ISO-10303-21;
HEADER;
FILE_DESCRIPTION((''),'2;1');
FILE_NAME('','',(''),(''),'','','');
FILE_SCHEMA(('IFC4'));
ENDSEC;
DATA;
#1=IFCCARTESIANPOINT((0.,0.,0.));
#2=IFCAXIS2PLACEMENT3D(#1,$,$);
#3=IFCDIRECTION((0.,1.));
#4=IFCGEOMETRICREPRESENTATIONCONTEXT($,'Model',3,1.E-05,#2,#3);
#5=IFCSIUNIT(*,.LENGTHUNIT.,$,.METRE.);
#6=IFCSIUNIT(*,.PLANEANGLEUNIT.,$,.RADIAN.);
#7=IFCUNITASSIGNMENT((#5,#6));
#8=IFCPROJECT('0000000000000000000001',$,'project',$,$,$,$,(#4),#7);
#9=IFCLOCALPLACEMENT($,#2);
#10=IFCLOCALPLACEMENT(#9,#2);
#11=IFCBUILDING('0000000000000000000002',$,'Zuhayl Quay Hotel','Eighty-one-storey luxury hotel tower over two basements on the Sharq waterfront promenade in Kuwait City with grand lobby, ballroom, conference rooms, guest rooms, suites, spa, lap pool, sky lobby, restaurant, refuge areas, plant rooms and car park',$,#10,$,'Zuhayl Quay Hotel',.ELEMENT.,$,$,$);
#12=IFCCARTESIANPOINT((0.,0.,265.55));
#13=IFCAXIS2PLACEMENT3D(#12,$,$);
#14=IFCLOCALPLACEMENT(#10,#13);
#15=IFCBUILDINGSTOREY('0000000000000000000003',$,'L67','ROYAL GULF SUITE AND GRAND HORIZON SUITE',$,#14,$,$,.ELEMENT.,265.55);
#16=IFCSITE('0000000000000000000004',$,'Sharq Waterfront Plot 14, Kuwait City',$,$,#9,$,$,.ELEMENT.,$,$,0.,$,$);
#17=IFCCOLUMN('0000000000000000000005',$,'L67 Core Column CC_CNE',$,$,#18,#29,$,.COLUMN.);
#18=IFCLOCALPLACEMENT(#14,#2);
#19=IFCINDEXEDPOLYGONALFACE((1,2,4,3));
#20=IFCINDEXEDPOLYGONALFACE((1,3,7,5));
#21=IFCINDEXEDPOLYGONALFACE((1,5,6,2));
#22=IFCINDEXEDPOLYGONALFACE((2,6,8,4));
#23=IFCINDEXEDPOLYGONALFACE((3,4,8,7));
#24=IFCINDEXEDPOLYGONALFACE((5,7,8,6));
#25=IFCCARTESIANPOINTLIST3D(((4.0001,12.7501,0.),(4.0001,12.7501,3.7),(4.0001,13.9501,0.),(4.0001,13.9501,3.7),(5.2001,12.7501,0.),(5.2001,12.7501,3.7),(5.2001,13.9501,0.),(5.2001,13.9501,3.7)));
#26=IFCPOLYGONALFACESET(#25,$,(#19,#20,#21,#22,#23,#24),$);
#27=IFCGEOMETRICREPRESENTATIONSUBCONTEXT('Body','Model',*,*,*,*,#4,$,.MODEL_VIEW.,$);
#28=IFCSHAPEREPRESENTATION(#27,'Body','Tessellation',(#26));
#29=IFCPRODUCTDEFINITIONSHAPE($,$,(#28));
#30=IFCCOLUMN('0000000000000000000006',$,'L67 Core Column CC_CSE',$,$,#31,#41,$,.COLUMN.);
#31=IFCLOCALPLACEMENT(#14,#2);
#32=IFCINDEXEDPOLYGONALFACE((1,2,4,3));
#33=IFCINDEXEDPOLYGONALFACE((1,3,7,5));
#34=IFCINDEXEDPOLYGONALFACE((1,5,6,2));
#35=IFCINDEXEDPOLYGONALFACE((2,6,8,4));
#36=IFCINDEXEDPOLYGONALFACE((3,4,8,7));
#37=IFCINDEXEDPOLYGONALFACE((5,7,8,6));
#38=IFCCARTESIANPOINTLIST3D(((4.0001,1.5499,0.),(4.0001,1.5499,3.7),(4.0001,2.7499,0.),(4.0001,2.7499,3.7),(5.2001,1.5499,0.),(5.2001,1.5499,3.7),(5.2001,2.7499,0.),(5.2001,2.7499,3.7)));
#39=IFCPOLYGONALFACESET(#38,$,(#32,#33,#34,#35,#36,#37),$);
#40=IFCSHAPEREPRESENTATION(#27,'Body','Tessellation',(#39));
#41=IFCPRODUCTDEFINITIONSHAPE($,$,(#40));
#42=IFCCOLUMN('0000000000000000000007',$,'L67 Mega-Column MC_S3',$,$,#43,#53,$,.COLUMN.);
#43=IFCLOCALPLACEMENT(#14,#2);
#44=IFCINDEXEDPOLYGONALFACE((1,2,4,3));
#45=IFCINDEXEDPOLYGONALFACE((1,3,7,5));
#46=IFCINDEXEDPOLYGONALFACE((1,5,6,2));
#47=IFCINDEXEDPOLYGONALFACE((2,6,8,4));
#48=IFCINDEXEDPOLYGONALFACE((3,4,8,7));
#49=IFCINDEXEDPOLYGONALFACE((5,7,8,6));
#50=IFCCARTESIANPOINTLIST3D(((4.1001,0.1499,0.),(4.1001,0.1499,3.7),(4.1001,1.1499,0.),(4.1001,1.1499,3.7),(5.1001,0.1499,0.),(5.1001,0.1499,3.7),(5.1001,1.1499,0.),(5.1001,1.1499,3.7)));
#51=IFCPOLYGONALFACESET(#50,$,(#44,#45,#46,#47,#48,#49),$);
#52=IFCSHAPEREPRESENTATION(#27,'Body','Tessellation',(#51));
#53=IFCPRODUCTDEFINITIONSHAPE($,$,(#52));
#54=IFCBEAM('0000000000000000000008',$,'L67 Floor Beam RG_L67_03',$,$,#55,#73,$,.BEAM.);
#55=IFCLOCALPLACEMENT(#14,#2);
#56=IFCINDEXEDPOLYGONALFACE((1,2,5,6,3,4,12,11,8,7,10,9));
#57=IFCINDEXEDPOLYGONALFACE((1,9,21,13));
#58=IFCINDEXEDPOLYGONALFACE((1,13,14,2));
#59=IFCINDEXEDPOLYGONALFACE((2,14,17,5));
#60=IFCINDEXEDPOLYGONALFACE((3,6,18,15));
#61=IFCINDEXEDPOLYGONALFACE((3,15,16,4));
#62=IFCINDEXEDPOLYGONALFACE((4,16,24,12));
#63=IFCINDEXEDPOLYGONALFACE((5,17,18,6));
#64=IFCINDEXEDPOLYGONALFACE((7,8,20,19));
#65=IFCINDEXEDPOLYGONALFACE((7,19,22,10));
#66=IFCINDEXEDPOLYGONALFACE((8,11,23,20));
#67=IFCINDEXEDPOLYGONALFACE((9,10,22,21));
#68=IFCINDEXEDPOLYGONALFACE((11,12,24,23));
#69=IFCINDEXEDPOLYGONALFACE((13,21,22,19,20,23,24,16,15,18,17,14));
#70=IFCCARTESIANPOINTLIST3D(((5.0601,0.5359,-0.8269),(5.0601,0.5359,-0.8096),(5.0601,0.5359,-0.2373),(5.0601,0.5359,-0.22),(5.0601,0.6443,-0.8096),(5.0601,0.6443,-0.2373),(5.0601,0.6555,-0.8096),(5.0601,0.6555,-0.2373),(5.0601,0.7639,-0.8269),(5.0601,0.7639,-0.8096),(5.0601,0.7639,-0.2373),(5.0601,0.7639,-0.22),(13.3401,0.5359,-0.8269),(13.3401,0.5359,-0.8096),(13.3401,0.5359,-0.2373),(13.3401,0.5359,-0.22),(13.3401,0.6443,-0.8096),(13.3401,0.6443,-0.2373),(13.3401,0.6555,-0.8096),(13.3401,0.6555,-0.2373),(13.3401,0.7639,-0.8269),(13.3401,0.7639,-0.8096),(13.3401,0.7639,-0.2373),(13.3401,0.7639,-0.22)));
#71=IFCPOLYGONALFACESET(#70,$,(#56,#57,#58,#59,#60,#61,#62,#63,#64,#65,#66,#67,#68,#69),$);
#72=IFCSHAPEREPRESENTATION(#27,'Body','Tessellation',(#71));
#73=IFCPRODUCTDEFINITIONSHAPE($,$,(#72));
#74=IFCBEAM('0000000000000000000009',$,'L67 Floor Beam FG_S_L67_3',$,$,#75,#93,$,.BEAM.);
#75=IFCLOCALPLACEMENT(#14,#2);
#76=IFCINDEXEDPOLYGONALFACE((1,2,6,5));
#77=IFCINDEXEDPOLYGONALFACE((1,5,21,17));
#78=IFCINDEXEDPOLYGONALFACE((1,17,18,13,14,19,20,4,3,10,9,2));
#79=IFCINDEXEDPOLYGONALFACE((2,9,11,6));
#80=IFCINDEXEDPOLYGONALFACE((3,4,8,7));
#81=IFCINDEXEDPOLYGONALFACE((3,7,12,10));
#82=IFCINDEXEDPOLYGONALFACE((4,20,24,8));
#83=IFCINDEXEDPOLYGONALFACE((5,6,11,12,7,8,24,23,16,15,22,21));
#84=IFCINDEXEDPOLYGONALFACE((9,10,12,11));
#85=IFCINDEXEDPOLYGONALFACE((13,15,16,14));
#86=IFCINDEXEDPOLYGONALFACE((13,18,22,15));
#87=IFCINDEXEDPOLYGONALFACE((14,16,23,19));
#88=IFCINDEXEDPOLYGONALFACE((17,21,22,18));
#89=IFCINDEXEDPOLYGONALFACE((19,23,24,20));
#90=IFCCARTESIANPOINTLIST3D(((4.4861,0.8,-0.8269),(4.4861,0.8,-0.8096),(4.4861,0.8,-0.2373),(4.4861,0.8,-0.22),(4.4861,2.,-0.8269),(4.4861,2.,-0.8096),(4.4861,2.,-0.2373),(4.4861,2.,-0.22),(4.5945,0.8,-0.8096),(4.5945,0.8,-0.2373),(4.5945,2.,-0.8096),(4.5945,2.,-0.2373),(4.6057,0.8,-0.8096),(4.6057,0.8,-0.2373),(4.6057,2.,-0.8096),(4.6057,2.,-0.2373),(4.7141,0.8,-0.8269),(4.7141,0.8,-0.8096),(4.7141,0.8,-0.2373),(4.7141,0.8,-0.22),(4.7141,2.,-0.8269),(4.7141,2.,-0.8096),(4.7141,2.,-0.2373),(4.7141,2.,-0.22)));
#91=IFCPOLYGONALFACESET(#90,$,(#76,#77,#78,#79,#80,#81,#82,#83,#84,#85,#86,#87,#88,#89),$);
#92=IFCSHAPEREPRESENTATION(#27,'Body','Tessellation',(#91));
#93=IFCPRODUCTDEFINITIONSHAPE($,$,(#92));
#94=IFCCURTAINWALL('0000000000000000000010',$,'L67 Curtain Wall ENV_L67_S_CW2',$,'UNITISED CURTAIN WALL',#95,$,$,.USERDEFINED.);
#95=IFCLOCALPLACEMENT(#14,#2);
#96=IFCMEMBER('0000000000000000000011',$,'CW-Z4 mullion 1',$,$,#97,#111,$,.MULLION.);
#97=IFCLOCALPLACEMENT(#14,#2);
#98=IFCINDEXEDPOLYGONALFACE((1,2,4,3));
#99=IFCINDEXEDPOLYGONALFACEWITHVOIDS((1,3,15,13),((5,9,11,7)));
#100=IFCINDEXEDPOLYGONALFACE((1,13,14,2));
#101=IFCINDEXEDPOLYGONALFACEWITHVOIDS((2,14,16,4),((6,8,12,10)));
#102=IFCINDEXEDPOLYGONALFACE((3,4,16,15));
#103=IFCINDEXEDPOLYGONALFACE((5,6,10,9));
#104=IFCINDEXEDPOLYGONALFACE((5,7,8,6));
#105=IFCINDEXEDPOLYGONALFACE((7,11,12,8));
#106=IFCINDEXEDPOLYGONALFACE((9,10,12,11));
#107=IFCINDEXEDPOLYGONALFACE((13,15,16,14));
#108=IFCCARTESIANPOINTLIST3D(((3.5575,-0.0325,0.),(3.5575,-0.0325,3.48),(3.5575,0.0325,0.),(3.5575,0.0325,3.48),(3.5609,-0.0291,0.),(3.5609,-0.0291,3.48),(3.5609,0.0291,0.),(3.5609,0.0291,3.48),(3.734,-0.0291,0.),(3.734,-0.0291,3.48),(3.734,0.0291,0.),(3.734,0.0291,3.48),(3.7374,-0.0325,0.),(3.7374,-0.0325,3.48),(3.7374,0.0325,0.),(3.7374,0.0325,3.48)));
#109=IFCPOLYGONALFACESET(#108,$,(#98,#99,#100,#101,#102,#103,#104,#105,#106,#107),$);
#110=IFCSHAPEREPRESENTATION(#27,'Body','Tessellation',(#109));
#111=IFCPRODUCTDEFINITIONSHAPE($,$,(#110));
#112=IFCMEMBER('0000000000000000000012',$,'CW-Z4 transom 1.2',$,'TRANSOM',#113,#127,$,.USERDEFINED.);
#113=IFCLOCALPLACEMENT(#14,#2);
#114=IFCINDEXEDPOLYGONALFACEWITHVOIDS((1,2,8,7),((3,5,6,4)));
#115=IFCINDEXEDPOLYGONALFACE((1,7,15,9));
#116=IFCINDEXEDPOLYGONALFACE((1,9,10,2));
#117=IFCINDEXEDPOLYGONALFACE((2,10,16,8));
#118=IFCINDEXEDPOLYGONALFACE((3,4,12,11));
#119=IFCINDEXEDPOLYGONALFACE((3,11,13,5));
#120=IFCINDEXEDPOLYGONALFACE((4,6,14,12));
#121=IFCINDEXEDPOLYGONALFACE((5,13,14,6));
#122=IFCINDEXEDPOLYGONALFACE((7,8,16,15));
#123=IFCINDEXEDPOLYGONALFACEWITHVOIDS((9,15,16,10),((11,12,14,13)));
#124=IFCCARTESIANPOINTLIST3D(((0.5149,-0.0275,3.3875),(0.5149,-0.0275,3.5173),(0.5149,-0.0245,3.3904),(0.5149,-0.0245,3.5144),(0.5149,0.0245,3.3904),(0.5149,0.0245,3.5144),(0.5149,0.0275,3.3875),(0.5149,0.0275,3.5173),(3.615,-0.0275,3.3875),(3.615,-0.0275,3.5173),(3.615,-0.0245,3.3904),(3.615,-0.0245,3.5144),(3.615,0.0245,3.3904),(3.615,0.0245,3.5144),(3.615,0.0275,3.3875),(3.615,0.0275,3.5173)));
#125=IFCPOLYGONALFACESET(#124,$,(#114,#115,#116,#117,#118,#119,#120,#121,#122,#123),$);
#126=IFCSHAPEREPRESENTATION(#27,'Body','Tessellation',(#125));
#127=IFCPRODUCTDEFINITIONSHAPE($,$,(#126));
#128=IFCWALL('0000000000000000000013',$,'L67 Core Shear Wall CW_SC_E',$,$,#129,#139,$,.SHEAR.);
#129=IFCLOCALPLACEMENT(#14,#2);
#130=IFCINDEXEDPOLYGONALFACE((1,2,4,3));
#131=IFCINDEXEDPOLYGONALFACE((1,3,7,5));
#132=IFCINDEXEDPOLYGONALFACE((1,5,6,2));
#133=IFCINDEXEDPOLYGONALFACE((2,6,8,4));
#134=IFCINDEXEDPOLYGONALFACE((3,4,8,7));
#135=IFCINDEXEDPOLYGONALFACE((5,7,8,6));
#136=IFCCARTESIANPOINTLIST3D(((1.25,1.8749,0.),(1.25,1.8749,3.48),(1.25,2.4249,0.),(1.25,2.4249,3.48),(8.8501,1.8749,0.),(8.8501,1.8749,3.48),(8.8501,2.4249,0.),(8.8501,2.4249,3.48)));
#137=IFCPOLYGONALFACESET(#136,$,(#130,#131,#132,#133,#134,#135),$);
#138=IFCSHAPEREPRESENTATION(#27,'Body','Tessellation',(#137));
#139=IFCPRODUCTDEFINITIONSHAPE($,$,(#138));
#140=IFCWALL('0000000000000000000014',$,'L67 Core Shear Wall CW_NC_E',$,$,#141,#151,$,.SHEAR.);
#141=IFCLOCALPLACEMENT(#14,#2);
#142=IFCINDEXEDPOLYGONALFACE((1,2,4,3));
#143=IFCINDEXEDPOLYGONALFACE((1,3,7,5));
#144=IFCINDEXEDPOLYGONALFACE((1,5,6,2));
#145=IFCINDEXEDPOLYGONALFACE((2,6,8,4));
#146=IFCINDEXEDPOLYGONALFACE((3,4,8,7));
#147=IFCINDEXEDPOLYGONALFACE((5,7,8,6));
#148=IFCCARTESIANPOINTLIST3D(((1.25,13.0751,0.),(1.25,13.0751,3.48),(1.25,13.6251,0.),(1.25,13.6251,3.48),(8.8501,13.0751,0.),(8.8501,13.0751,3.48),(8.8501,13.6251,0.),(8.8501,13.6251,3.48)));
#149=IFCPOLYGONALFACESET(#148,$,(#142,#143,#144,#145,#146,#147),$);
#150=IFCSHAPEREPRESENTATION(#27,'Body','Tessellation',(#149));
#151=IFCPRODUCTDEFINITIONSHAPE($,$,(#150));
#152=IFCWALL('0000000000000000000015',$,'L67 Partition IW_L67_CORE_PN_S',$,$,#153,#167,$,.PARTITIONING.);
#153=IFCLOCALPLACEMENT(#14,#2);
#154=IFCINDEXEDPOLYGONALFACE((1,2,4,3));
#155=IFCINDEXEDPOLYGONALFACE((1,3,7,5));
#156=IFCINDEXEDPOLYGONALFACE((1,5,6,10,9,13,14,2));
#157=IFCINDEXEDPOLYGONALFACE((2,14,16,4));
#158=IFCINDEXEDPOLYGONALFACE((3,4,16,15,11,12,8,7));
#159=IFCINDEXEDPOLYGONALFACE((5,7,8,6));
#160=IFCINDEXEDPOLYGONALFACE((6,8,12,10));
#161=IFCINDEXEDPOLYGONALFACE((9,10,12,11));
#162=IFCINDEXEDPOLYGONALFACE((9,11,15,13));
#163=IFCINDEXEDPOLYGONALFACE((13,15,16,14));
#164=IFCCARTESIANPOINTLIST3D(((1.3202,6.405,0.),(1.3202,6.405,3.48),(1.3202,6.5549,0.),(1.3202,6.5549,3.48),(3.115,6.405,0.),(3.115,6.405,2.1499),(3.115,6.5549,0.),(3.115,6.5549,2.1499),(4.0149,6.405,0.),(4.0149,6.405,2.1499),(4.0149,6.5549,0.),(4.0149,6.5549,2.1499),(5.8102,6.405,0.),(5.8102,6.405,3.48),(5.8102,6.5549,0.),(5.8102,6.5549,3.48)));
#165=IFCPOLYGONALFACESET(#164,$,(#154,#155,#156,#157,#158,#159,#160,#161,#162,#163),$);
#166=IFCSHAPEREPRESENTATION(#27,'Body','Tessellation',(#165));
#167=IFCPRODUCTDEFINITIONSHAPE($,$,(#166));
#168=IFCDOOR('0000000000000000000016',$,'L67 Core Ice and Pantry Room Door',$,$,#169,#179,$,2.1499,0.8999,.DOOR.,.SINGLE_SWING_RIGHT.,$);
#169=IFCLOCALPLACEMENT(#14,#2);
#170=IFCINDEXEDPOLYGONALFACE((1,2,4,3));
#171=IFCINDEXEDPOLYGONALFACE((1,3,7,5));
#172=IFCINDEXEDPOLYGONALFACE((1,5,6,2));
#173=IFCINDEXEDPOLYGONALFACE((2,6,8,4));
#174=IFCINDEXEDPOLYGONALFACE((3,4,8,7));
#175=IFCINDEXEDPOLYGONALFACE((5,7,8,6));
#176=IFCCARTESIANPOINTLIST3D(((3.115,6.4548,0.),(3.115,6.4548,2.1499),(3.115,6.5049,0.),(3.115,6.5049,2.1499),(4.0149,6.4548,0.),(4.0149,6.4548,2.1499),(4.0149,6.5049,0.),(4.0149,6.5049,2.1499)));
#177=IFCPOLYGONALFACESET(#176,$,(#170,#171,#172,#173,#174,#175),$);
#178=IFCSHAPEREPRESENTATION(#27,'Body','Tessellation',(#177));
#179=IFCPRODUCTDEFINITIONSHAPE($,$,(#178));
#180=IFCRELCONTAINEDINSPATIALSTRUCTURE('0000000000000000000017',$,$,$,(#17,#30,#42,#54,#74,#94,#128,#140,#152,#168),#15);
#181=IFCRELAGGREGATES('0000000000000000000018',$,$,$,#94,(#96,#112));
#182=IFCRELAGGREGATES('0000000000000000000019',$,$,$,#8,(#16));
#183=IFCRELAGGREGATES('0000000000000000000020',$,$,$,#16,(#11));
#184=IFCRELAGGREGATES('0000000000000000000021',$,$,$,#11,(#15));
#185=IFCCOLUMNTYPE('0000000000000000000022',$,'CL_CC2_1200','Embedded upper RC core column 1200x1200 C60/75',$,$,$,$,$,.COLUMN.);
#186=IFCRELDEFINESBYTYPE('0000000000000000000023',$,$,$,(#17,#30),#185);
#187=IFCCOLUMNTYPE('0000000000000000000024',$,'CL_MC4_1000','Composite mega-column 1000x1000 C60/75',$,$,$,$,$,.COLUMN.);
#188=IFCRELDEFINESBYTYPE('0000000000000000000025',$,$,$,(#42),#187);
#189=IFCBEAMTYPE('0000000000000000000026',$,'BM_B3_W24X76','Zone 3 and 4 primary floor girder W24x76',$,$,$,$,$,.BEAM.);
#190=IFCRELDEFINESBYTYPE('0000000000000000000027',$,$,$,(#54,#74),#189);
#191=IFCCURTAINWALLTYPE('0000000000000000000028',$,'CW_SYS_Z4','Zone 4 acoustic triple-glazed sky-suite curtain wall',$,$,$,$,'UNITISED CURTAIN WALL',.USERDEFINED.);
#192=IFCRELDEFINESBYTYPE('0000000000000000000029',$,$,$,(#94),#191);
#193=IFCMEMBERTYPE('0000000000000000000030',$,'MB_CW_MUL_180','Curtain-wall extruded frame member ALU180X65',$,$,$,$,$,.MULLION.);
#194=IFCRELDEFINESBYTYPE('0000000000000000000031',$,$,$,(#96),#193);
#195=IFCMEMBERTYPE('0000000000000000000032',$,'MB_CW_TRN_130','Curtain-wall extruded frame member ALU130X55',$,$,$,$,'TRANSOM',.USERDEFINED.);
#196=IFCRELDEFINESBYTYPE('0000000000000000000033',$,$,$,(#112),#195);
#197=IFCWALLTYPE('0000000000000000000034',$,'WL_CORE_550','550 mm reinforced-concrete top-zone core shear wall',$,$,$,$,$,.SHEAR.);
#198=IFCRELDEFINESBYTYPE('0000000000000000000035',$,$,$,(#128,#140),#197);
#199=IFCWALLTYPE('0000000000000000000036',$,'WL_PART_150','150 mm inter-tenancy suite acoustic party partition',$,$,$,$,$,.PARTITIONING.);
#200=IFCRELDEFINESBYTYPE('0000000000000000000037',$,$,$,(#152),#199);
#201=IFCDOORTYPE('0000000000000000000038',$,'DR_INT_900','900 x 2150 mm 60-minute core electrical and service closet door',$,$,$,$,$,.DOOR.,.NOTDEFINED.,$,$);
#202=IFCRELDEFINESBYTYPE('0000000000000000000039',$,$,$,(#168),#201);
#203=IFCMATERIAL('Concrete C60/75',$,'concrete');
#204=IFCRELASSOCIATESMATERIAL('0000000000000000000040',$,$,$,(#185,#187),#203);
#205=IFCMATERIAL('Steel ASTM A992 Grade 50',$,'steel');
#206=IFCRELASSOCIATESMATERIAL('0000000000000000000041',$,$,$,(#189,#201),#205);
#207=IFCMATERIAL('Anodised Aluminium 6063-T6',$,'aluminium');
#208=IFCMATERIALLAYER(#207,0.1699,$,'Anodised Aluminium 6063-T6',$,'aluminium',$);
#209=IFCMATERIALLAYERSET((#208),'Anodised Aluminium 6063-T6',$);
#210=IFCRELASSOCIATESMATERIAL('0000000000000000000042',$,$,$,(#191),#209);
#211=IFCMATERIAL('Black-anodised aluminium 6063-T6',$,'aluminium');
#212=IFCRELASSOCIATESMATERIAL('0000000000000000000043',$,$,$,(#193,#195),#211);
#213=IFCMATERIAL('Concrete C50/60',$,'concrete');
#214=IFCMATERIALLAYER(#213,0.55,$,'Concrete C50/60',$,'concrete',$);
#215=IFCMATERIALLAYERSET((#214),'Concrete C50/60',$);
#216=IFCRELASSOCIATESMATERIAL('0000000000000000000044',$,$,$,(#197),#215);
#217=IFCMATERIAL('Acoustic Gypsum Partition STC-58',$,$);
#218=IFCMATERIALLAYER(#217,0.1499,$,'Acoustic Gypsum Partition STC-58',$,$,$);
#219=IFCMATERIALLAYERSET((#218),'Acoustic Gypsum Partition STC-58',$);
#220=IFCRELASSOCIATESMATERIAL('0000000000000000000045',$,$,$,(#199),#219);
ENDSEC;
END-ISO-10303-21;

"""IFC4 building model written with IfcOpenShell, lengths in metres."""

from ifc_helpers import new_model, si_unit, direction, frame, frame_2d, origin, origin_2d, place, context, subcontext, project, spatial, rectangle, hollow_rectangle, i_section, extrude, material, layer, layer_set, material_profile, profile_set, type_object, element, fill, aggregate, save


model = new_model("IFC4")

# Units and contexts
model_context = context("Model", 3, precision=1e-05, world=origin(), true_north=direction((0.0, 1.0)))
body_context = subcontext(model_context, "Body", "Model", "MODEL_VIEW")
ifc_project = project(units=[si_unit("LENGTHUNIT", "METRE"), si_unit("PLANEANGLEUNIT", "RADIAN")], contexts=[model_context])

# Site, building, storey
site_placement = place(None, origin())
site = spatial("IfcSite", under=ifc_project, at=site_placement, Name="Sharq Waterfront Plot 14, Kuwait City", CompositionType="ELEMENT", RefElevation=0.0)
building_placement = place(site_placement, origin())
building = spatial("IfcBuilding", under=site, at=building_placement, Name="Zuhayl Quay Hotel", Description="Eighty-one-storey luxury hotel tower over two basements on the Sharq waterfront promenade in Kuwait City with grand lobby, ballroom, conference rooms, guest rooms, suites, spa, lap pool, sky lobby, restaurant, refuge areas, plant rooms and car park", LongName="Zuhayl Quay Hotel", CompositionType="ELEMENT")
storey_placement = place(building_placement, frame((0.0, 0.0, 265.55)))
storey = spatial("IfcBuildingStorey", under=building, at=storey_placement, Name="L67", Description="ROYAL GULF SUITE AND GRAND HORIZON SUITE", CompositionType="ELEMENT", Elevation=265.55)

# Columns
ifc_material_1 = material(Name="Concrete C60/75", Category="concrete")
ifc_material_profile_1 = material_profile(ifc_material_1, rectangle(XDim=1.2, YDim=1.2, at=origin_2d()), Name="RC1200X1200")
ifc_profile_set_1 = profile_set([ifc_material_profile_1], Name="Concrete C60/75")
column_type_1 = type_object("IfcColumnType", Name="CL_CC2_1200", Description="Embedded upper RC core column 1200x1200 C60/75", PredefinedType="COLUMN", material=ifc_profile_set_1)
for number, where, z_axis, x_axis, name in (
    (1, (4.6001, 13.3501, 0.0), (0.0, 0.0, 1.0), (1.0, 0.0, 0.0), "L67 Core Column CC_CNE"),
    (2, (4.6001, 2.1499, 0.0), (0.0, 0.0, 1.0), (1.0, 0.0, 0.0), "L67 Core Column CC_CSE"),
):
    element("IfcColumn", number, at=place(storey_placement, frame(where, z_axis=z_axis, x_axis=x_axis)), inside=storey, type_object=column_type_1, Name=name, PredefinedType="COLUMN", context=body_context, shape_type="SweptSolid", body=[
        extrude(rectangle(XDim=1.2, YDim=1.2, at=origin_2d()), origin(), (0.0, 0.0, 1.0), 3.7),
    ])
ifc_material_profile_2 = material_profile(ifc_material_1, rectangle(XDim=1.0, YDim=1.0, at=origin_2d()), Name="RC1000X1000")
ifc_profile_set_2 = profile_set([ifc_material_profile_2], Name="Concrete C60/75")
column_type_2 = type_object("IfcColumnType", Name="CL_MC4_1000", Description="Composite mega-column 1000x1000 C60/75", PredefinedType="COLUMN", material=ifc_profile_set_2)
column_placement = place(storey_placement, frame((4.6001, 0.6499, 0.0), z_axis=(0.0, 0.0, 1.0), x_axis=(1.0, 0.0, 0.0)))
element("IfcColumn", 3, at=column_placement, inside=storey, type_object=column_type_2, Name="L67 Mega-Column MC_S3", PredefinedType="COLUMN", context=body_context, shape_type="SweptSolid", body=[
    extrude(rectangle(XDim=1.0, YDim=1.0, at=origin_2d()), origin(), (0.0, 0.0, 1.0), 3.7),
])

# Beams
ifc_material_2 = material(Name="Steel ASTM A992 Grade 50", Category="steel")
ifc_material_profile_3 = material_profile(ifc_material_2, i_section(OverallWidth=0.228, OverallDepth=0.6069, WebThickness=0.0112, FlangeThickness=0.0173, at=origin_2d()), Name="W24X76")
ifc_profile_set_3 = profile_set([ifc_material_profile_3], Name="Steel ASTM A992 Grade 50")
beam_type = type_object("IfcBeamType", Name="BM_B3_W24X76", Description="Zone 3 and 4 primary floor girder W24x76", PredefinedType="BEAM", material=ifc_profile_set_3)
beam_1_placement = place(storey_placement, frame((5.0601, 0.6499, -0.5234), z_axis=(1.0, 0.0, 0.0), x_axis=(0.0, 1.0, 0.0)))
element("IfcBeam", 4, at=beam_1_placement, inside=storey, type_object=beam_type, Name="L67 Floor Beam RG_L67_03", PredefinedType="BEAM", context=body_context, shape_type="SweptSolid", body=[
    extrude(i_section(OverallWidth=0.228, OverallDepth=0.6069, WebThickness=0.0112, FlangeThickness=0.0173, at=origin_2d()), origin(), (0.0, 0.0, 1.0), 8.28),
])
beam_2_placement = place(storey_placement, frame((4.6001, 0.8, -0.5234), z_axis=(0.0, 1.0, 0.0), x_axis=(-1.0, 0.0, 0.0)))
element("IfcBeam", 5, at=beam_2_placement, inside=storey, type_object=beam_type, Name="L67 Floor Beam FG_S_L67_3", PredefinedType="BEAM", context=body_context, shape_type="SweptSolid", body=[
    extrude(i_section(OverallWidth=0.228, OverallDepth=0.6069, WebThickness=0.0112, FlangeThickness=0.0173, at=origin_2d()), origin(), (0.0, 0.0, 1.0), 1.2),
])

# Curtain wall, members
ifc_material_3 = material(Name="Anodised Aluminium 6063-T6", Category="aluminium")
ifc_layer_1 = layer(ifc_material_3, 0.1699, Name="Anodised Aluminium 6063-T6", Category="aluminium")
ifc_layer_set_1 = layer_set([ifc_layer_1], Name="Anodised Aluminium 6063-T6")
curtain_wall_type = type_object("IfcCurtainWallType", Name="CW_SYS_Z4", Description="Zone 4 acoustic triple-glazed sky-suite curtain wall", ElementType="UNITISED CURTAIN WALL", PredefinedType="USERDEFINED", material=ifc_layer_set_1)
curtain_wall_placement = place(storey_placement, origin())
curtain_wall = element("IfcCurtainWall", 6, at=curtain_wall_placement, inside=storey, type_object=curtain_wall_type, Name="L67 Curtain Wall ENV_L67_S_CW2", ObjectType="UNITISED CURTAIN WALL", PredefinedType="USERDEFINED")
ifc_material_4 = material(Name="Black-anodised aluminium 6063-T6", Category="aluminium")
ifc_material_profile_4 = material_profile(ifc_material_4, hollow_rectangle(XDim=0.0649, YDim=0.1799, WallThickness=0.0034, at=origin_2d()), Name="ALU180X65")
ifc_profile_set_4 = profile_set([ifc_material_profile_4], Name="Black-anodised aluminium 6063-T6")
member_type_1 = type_object("IfcMemberType", Name="MB_CW_MUL_180", Description="Curtain-wall extruded frame member ALU180X65", PredefinedType="MULLION", material=ifc_profile_set_4)
member_1_placement = place(storey_placement, frame((3.6475, 0.0, 0.0), z_axis=(0.0, 0.0, 1.0), x_axis=(0.0, -1.0, 0.0)))
member_1 = element("IfcMember", 7, at=member_1_placement, type_object=member_type_1, Name="CW-Z4 mullion 1", PredefinedType="MULLION", context=body_context, shape_type="SweptSolid", body=[
    extrude(hollow_rectangle(XDim=0.0649, YDim=0.1799, WallThickness=0.0034, at=origin_2d()), origin(), (0.0, 0.0, 1.0), 3.48),
])
ifc_material_profile_5 = material_profile(ifc_material_4, hollow_rectangle(XDim=0.0549, YDim=0.1299, WallThickness=0.0029, at=origin_2d()), Name="ALU130X55")
ifc_profile_set_5 = profile_set([ifc_material_profile_5], Name="Black-anodised aluminium 6063-T6")
member_type_2 = type_object("IfcMemberType", Name="MB_CW_TRN_130", Description="Curtain-wall extruded frame member ALU130X55", ElementType="TRANSOM", PredefinedType="USERDEFINED", material=ifc_profile_set_5)
member_2_placement = place(storey_placement, frame((3.615, 0.0, 3.4524), z_axis=(-1.0, 0.0, 0.0), x_axis=(0.0, -1.0, 0.0)))
member_2 = element("IfcMember", 8, at=member_2_placement, type_object=member_type_2, Name="CW-Z4 transom 1.2", ObjectType="TRANSOM", PredefinedType="USERDEFINED", context=body_context, shape_type="SweptSolid", body=[
    extrude(hollow_rectangle(XDim=0.0549, YDim=0.1299, WallThickness=0.0029, at=origin_2d()), origin(), (0.0, 0.0, 1.0), 3.1001),
])
aggregate(curtain_wall, [member_1, member_2])

# Walls
ifc_material_5 = material(Name="Concrete C50/60", Category="concrete")
ifc_layer_2 = layer(ifc_material_5, 0.55, Name="Concrete C50/60", Category="concrete")
ifc_layer_set_2 = layer_set([ifc_layer_2], Name="Concrete C50/60")
wall_type_1 = type_object("IfcWallType", Name="WL_CORE_550", Description="550 mm reinforced-concrete top-zone core shear wall", PredefinedType="SHEAR", material=ifc_layer_set_2)
for number, where, z_axis, x_axis, name in (
    (9, (1.25, 2.1499, 0.0), (0.0, 0.0, 1.0), (1.0, 0.0, 0.0), "L67 Core Shear Wall CW_SC_E"),
    (10, (1.25, 13.3501, 0.0), (0.0, 0.0, 1.0), (1.0, 0.0, 0.0), "L67 Core Shear Wall CW_NC_E"),
):
    element("IfcWall", number, at=place(storey_placement, frame(where, z_axis=z_axis, x_axis=x_axis)), inside=storey, type_object=wall_type_1, Name=name, PredefinedType="SHEAR", context=body_context, shape_type="SweptSolid", body=[
        extrude(rectangle(XDim=7.6001, YDim=0.55, at=frame_2d((3.8, 0.0))), origin(), (0.0, 0.0, 1.0), 3.48),
    ])

# Wall, opening, door
ifc_material_6 = material(Name="Acoustic Gypsum Partition STC-58")
ifc_layer_3 = layer(ifc_material_6, 0.1499, Name="Acoustic Gypsum Partition STC-58")
ifc_layer_set_3 = layer_set([ifc_layer_3], Name="Acoustic Gypsum Partition STC-58")
wall_type_2 = type_object("IfcWallType", Name="WL_PART_150", Description="150 mm inter-tenancy suite acoustic party partition", PredefinedType="PARTITIONING", material=ifc_layer_set_3)
wall_1_placement = place(storey_placement, frame((1.3201, 6.48, 0.0), z_axis=(0.0, 0.0, 1.0), x_axis=(1.0, 0.0, 0.0)))
wall_1 = element("IfcWall", 11, at=wall_1_placement, inside=storey, type_object=wall_type_2, Name="L67 Partition IW_L67_CORE_PN_S", PredefinedType="PARTITIONING", context=body_context, shape_type="SweptSolid", body=[
    extrude(rectangle(XDim=4.49, YDim=0.1499, at=frame_2d((2.2451, 0.0))), origin(), (0.0, 0.0, 1.0), 3.48),
])
opening_1_placement = place(wall_1_placement, frame((1.7949, 0.0, 0.0)))
opening_1 = element("IfcOpeningElement", 12, at=opening_1_placement, cuts=wall_1, PredefinedType="OPENING", context=body_context, shape_type="SweptSolid", body=[
    extrude(rectangle(XDim=0.8999, YDim=2.1499, at=frame_2d((0.45, 1.075))), frame((0.0, 0.085, 0.0), z_axis=(0.0, -1.0, 0.0), x_axis=(1.0, 0.0, 0.0)), (0.0, 0.0, 1.0), 0.1699),
])
door_type_1 = type_object("IfcDoorType", Name="DR_INT_900", Description="900 x 2150 mm 60-minute core electrical and service closet door", OperationType="NOTDEFINED", PredefinedType="DOOR", material=ifc_material_2)
door_1_placement = place(opening_1_placement, origin())
door_1 = element("IfcDoor", 13, at=door_1_placement, inside=storey, type_object=door_type_1, Name="L67 Core Ice and Pantry Room Door", OperationType="SINGLE_SWING_RIGHT", OverallHeight=2.1499, OverallWidth=0.8999, PredefinedType="DOOR", context=body_context, shape_type="SweptSolid", body=[
    extrude(rectangle(XDim=0.8999, YDim=2.1499, at=frame_2d((0.45, 1.075))), frame((0.0, 0.0249, 0.0), z_axis=(0.0, -1.0, 0.0), x_axis=(1.0, 0.0, 0.0)), (0.0, 0.0, 1.0), 0.05),
])
fill(opening_1, door_1)

save(model, "model.ifc")
